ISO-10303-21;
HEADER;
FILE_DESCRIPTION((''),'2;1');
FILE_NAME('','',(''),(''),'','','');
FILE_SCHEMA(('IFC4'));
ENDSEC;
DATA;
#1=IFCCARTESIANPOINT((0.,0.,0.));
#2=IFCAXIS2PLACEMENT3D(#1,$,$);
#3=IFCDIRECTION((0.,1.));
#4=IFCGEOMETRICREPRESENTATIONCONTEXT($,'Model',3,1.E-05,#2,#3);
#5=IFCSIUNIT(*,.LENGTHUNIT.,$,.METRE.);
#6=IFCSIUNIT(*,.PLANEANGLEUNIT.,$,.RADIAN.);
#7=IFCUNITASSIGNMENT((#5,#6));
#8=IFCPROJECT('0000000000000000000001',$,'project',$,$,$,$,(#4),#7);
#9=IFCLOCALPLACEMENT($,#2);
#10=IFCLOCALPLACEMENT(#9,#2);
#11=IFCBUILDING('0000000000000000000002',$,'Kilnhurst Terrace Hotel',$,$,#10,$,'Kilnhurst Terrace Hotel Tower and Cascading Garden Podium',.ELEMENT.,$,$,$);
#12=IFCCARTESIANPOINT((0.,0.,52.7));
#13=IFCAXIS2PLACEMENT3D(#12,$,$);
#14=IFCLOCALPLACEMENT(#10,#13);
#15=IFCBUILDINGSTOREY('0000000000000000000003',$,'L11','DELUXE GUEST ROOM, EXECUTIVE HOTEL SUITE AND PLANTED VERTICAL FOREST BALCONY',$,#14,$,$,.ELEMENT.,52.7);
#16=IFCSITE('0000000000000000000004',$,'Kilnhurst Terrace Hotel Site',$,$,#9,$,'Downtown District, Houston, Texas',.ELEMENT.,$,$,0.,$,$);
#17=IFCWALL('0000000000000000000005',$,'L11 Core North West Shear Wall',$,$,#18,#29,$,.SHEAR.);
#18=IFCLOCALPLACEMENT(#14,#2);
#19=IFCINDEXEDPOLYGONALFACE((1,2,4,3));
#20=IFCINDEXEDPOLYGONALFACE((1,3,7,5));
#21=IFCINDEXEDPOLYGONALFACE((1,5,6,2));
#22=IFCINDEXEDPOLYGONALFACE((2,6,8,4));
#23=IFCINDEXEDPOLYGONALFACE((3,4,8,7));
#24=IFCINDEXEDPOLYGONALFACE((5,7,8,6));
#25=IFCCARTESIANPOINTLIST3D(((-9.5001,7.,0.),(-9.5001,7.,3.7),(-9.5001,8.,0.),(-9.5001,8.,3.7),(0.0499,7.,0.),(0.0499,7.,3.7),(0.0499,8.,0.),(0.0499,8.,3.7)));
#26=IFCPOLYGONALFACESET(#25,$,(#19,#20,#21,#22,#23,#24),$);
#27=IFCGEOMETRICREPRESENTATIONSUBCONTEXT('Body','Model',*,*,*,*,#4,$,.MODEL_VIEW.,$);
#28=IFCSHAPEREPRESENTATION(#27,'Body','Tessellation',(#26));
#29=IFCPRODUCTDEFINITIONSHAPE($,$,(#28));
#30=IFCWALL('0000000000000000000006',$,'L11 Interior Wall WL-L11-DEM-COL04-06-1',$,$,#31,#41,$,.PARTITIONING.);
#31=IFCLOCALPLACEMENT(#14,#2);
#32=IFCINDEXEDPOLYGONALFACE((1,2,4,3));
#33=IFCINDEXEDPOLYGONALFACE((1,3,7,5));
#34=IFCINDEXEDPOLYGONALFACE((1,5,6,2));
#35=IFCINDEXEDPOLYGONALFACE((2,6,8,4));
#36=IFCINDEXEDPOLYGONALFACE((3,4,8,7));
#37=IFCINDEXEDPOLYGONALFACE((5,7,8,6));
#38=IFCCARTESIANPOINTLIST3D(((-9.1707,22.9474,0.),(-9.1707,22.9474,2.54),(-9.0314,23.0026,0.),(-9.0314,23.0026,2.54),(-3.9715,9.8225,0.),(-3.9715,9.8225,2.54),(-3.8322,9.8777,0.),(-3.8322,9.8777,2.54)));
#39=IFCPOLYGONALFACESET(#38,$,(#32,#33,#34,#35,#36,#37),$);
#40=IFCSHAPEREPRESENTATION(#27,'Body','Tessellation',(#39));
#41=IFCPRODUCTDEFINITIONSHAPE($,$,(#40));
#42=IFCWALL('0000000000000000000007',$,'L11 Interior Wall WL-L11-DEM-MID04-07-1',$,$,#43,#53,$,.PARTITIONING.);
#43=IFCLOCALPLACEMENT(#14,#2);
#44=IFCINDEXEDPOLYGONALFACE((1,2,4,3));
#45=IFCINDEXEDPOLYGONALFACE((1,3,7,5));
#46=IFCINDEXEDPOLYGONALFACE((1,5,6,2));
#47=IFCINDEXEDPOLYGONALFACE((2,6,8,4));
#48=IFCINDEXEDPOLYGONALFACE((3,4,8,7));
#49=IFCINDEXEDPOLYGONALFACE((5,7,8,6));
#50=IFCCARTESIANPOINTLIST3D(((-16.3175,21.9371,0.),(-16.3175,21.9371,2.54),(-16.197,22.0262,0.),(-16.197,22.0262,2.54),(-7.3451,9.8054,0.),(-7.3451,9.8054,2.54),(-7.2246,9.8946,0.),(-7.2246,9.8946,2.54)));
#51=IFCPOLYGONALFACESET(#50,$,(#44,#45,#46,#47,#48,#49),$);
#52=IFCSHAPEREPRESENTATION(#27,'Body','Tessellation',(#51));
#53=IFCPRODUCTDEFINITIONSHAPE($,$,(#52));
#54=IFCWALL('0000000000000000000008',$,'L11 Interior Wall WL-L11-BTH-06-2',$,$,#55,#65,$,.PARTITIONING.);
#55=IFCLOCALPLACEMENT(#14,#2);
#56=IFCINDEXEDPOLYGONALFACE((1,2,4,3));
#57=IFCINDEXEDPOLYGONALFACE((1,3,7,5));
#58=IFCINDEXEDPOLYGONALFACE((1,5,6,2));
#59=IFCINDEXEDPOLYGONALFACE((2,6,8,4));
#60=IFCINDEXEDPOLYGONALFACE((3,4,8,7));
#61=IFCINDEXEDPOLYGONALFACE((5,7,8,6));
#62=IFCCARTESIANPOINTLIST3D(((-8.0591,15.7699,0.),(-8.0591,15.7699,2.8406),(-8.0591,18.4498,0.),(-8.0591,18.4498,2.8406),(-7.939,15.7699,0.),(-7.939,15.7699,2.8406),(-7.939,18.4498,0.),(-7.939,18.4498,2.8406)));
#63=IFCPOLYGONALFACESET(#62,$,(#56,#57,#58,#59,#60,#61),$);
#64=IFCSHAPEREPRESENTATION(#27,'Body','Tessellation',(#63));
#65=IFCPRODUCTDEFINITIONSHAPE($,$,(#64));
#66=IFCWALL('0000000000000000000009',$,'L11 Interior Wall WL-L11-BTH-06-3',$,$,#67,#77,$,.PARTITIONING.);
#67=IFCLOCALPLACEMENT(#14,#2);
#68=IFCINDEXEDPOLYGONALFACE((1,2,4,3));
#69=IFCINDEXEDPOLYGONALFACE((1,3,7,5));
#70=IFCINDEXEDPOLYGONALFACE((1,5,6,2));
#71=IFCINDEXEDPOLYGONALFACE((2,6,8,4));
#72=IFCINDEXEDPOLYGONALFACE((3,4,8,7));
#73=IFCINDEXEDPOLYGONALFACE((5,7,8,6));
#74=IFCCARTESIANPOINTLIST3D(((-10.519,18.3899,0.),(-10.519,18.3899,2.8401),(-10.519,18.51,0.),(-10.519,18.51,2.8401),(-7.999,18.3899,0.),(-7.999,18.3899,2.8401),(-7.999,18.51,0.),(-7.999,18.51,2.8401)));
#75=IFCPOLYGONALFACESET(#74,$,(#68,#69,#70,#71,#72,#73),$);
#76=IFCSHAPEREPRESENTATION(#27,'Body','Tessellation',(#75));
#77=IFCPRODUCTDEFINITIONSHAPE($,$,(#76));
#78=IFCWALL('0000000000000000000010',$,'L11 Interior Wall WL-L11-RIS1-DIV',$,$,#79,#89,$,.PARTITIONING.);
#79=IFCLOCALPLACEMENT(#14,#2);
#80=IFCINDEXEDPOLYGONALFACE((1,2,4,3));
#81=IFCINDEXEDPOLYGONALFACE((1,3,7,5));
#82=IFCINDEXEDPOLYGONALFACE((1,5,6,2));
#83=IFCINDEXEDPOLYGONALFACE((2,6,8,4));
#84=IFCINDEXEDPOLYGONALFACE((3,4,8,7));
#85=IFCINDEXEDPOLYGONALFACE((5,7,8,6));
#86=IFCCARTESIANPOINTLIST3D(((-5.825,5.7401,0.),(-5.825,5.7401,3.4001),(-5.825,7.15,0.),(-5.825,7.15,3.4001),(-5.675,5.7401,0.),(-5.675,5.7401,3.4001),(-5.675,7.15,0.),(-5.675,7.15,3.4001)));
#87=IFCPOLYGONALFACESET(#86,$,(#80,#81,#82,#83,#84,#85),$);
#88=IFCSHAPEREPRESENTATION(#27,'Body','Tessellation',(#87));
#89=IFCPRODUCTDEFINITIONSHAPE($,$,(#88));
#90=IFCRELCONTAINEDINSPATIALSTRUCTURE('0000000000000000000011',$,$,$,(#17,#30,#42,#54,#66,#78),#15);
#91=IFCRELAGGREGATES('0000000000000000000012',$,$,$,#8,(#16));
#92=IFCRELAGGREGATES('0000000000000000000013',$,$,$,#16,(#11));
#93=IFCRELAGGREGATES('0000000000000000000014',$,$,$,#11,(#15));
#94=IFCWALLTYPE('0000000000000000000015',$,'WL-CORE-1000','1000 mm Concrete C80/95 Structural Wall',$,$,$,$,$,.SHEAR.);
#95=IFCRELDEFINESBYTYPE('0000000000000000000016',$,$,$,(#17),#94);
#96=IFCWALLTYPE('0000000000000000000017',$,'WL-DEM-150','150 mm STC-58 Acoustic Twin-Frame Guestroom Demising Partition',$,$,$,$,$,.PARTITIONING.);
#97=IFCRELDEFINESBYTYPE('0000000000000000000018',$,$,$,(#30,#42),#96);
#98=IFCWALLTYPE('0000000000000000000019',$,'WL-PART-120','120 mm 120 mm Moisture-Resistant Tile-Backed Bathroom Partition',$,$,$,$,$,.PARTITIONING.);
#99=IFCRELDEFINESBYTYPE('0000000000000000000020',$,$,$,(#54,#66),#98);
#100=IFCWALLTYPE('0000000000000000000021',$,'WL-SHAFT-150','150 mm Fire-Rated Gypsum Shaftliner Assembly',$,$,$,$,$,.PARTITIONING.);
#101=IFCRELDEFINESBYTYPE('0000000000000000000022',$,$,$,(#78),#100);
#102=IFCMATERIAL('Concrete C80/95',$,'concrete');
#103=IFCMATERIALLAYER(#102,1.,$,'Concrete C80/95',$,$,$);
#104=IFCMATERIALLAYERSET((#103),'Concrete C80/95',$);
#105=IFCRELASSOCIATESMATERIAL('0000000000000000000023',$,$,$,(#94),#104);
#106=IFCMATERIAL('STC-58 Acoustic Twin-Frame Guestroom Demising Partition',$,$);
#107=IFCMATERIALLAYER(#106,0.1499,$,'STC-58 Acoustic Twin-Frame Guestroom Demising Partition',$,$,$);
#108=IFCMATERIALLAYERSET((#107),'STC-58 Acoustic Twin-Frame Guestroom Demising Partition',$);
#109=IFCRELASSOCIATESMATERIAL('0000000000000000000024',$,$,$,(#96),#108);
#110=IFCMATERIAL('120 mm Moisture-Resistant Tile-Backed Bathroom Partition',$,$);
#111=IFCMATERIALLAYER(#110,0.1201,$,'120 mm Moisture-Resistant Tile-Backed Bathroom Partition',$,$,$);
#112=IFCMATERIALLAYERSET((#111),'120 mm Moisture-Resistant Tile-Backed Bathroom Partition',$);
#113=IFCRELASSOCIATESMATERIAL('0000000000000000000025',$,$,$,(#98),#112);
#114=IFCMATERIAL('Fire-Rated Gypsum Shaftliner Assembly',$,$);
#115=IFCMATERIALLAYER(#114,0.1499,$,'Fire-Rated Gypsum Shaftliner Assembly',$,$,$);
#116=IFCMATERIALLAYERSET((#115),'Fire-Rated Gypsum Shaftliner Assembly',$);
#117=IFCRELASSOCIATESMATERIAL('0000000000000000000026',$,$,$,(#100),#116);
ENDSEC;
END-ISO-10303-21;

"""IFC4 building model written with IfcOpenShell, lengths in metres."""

from ifc_helpers import new_model, si_unit, direction, frame, frame_2d, origin, place, context, subcontext, project, spatial, rectangle, extrude, material, layer, layer_set, type_object, element, save


model = new_model("IFC4")

# Units and contexts
model_context = context("Model", 3, precision=1e-05, world=origin(), true_north=direction((0.0, 1.0)))
body_context = subcontext(model_context, "Body", "Model", "MODEL_VIEW")
ifc_project = project(units=[si_unit("LENGTHUNIT", "METRE"), si_unit("PLANEANGLEUNIT", "RADIAN")], contexts=[model_context])

# Site, building, storey
site_placement = place(None, origin())
site = spatial("IfcSite", under=ifc_project, at=site_placement, Name="Kilnhurst Terrace Hotel Site", LongName="Downtown District, Houston, Texas", CompositionType="ELEMENT", RefElevation=0.0)
building_placement = place(site_placement, origin())
building = spatial("IfcBuilding", under=site, at=building_placement, Name="Kilnhurst Terrace Hotel", LongName="Kilnhurst Terrace Hotel Tower and Cascading Garden Podium", CompositionType="ELEMENT")
storey_placement = place(building_placement, frame((0.0, 0.0, 52.7)))
storey = spatial("IfcBuildingStorey", under=building, at=storey_placement, Name="L11", Description="DELUXE GUEST ROOM, EXECUTIVE HOTEL SUITE AND PLANTED VERTICAL FOREST BALCONY", CompositionType="ELEMENT", Elevation=52.7)

# Shared definitions
ifc_material_1 = material(Name="Concrete C80/95", Category="concrete")

# Walls
ifc_layer_1 = layer(ifc_material_1, 1.0, Name="Concrete C80/95")
ifc_layer_set_1 = layer_set([ifc_layer_1], Name="Concrete C80/95")
wall_type_1 = type_object("IfcWallType", Name="WL-CORE-1000", Description="1000 mm Concrete C80/95 Structural Wall", PredefinedType="SHEAR", material=ifc_layer_set_1)
wall_1_placement = place(storey_placement, frame((-9.5, 7.5, 0.0), z_axis=(0.0, 0.0, 1.0), x_axis=(1.0, 0.0, 0.0)))
element("IfcWall", 1, at=wall_1_placement, inside=storey, type_object=wall_type_1, Name="L11 Core North West Shear Wall", PredefinedType="SHEAR", context=body_context, shape_type="SweptSolid", body=[
    extrude(rectangle(XDim=9.55, YDim=1.0, at=frame_2d((4.7749, 0.0))), origin(), (0.0, 0.0, 1.0), 3.7),
])
ifc_material_2 = material(Name="STC-58 Acoustic Twin-Frame Guestroom Demising Partition")
ifc_layer_2 = layer(ifc_material_2, 0.1499, Name="STC-58 Acoustic Twin-Frame Guestroom Demising Partition")
ifc_layer_set_2 = layer_set([ifc_layer_2], Name="STC-58 Acoustic Twin-Frame Guestroom Demising Partition")
wall_type_2 = type_object("IfcWallType", Name="WL-DEM-150", Description="150 mm STC-58 Acoustic Twin-Frame Guestroom Demising Partition", PredefinedType="PARTITIONING", material=ifc_layer_set_2)
wall_2_placement = place(storey_placement, frame((-3.9019, 9.8501, 0.0), z_axis=(0.0, 0.0, 1.0), x_axis=(-0.368288, 0.929712, 0.0)))
element("IfcWall", 2, at=wall_2_placement, inside=storey, type_object=wall_type_2, Name="L11 Interior Wall WL-L11-DEM-COL04-06-1", PredefinedType="PARTITIONING", context=body_context, shape_type="SweptSolid", body=[
    extrude(rectangle(XDim=14.1172, YDim=0.1499, at=frame_2d((7.0586, 0.0))), origin(), (0.0, 0.0, 1.0), 2.54),
])
wall_3_placement = place(storey_placement, frame((-7.2849, 9.8501, 0.0), z_axis=(0.0, 0.0, 1.0), x_axis=(-0.59463, 0.803999, 0.0)))
element("IfcWall", 3, at=wall_3_placement, inside=storey, type_object=wall_type_2, Name="L11 Interior Wall WL-L11-DEM-MID04-07-1", PredefinedType="PARTITIONING", context=body_context, shape_type="SweptSolid", body=[
    extrude(rectangle(XDim=15.0891, YDim=0.1499, at=frame_2d((7.5444, 0.0))), origin(), (0.0, 0.0, 1.0), 2.54),
])
ifc_material_3 = material(Name="120 mm Moisture-Resistant Tile-Backed Bathroom Partition")
ifc_layer_3 = layer(ifc_material_3, 0.1201, Name="120 mm Moisture-Resistant Tile-Backed Bathroom Partition")
ifc_layer_set_3 = layer_set([ifc_layer_3], Name="120 mm Moisture-Resistant Tile-Backed Bathroom Partition")
wall_type_3 = type_object("IfcWallType", Name="WL-PART-120", Description="120 mm 120 mm Moisture-Resistant Tile-Backed Bathroom Partition", PredefinedType="PARTITIONING", material=ifc_layer_set_3)
wall_4_placement = place(storey_placement, frame((-7.999, 15.77, 0.0), z_axis=(0.0, 0.0, 1.0), x_axis=(0.0, 1.0, 0.0)))
element("IfcWall", 4, at=wall_4_placement, inside=storey, type_object=wall_type_3, Name="L11 Interior Wall WL-L11-BTH-06-2", PredefinedType="PARTITIONING", context=body_context, shape_type="SweptSolid", body=[
    extrude(rectangle(XDim=2.6799, YDim=0.1201, at=frame_2d((1.3398, 0.0))), origin(), (0.0, 0.0, 1.0), 2.8406),
])
wall_5_placement = place(storey_placement, frame((-7.999, 18.45, 0.0), z_axis=(0.0, 0.0, 1.0), x_axis=(-1.0, 0.0, 0.0)))
element("IfcWall", 5, at=wall_5_placement, inside=storey, type_object=wall_type_3, Name="L11 Interior Wall WL-L11-BTH-06-3", PredefinedType="PARTITIONING", context=body_context, shape_type="SweptSolid", body=[
    extrude(rectangle(XDim=2.52, YDim=0.1201, at=frame_2d((1.26, 0.0))), origin(), (0.0, 0.0, 1.0), 2.8401),
])
ifc_material_4 = material(Name="Fire-Rated Gypsum Shaftliner Assembly")
ifc_layer_4 = layer(ifc_material_4, 0.1499, Name="Fire-Rated Gypsum Shaftliner Assembly")
ifc_layer_set_4 = layer_set([ifc_layer_4], Name="Fire-Rated Gypsum Shaftliner Assembly")
wall_type_4 = type_object("IfcWallType", Name="WL-SHAFT-150", Description="150 mm Fire-Rated Gypsum Shaftliner Assembly", PredefinedType="PARTITIONING", material=ifc_layer_set_4)
wall_6_placement = place(storey_placement, frame((-5.75, 5.74, 0.0), z_axis=(0.0, 0.0, 1.0), x_axis=(0.0, 1.0, 0.0)))
element("IfcWall", 6, at=wall_6_placement, inside=storey, type_object=wall_type_4, Name="L11 Interior Wall WL-L11-RIS1-DIV", PredefinedType="PARTITIONING", context=body_context, shape_type="SweptSolid", body=[
    extrude(rectangle(XDim=1.4099, YDim=0.1499, at=frame_2d((0.7051, 0.0))), origin(), (0.0, 0.0, 1.0), 3.4001),
])

save(model, "model.ifc")
